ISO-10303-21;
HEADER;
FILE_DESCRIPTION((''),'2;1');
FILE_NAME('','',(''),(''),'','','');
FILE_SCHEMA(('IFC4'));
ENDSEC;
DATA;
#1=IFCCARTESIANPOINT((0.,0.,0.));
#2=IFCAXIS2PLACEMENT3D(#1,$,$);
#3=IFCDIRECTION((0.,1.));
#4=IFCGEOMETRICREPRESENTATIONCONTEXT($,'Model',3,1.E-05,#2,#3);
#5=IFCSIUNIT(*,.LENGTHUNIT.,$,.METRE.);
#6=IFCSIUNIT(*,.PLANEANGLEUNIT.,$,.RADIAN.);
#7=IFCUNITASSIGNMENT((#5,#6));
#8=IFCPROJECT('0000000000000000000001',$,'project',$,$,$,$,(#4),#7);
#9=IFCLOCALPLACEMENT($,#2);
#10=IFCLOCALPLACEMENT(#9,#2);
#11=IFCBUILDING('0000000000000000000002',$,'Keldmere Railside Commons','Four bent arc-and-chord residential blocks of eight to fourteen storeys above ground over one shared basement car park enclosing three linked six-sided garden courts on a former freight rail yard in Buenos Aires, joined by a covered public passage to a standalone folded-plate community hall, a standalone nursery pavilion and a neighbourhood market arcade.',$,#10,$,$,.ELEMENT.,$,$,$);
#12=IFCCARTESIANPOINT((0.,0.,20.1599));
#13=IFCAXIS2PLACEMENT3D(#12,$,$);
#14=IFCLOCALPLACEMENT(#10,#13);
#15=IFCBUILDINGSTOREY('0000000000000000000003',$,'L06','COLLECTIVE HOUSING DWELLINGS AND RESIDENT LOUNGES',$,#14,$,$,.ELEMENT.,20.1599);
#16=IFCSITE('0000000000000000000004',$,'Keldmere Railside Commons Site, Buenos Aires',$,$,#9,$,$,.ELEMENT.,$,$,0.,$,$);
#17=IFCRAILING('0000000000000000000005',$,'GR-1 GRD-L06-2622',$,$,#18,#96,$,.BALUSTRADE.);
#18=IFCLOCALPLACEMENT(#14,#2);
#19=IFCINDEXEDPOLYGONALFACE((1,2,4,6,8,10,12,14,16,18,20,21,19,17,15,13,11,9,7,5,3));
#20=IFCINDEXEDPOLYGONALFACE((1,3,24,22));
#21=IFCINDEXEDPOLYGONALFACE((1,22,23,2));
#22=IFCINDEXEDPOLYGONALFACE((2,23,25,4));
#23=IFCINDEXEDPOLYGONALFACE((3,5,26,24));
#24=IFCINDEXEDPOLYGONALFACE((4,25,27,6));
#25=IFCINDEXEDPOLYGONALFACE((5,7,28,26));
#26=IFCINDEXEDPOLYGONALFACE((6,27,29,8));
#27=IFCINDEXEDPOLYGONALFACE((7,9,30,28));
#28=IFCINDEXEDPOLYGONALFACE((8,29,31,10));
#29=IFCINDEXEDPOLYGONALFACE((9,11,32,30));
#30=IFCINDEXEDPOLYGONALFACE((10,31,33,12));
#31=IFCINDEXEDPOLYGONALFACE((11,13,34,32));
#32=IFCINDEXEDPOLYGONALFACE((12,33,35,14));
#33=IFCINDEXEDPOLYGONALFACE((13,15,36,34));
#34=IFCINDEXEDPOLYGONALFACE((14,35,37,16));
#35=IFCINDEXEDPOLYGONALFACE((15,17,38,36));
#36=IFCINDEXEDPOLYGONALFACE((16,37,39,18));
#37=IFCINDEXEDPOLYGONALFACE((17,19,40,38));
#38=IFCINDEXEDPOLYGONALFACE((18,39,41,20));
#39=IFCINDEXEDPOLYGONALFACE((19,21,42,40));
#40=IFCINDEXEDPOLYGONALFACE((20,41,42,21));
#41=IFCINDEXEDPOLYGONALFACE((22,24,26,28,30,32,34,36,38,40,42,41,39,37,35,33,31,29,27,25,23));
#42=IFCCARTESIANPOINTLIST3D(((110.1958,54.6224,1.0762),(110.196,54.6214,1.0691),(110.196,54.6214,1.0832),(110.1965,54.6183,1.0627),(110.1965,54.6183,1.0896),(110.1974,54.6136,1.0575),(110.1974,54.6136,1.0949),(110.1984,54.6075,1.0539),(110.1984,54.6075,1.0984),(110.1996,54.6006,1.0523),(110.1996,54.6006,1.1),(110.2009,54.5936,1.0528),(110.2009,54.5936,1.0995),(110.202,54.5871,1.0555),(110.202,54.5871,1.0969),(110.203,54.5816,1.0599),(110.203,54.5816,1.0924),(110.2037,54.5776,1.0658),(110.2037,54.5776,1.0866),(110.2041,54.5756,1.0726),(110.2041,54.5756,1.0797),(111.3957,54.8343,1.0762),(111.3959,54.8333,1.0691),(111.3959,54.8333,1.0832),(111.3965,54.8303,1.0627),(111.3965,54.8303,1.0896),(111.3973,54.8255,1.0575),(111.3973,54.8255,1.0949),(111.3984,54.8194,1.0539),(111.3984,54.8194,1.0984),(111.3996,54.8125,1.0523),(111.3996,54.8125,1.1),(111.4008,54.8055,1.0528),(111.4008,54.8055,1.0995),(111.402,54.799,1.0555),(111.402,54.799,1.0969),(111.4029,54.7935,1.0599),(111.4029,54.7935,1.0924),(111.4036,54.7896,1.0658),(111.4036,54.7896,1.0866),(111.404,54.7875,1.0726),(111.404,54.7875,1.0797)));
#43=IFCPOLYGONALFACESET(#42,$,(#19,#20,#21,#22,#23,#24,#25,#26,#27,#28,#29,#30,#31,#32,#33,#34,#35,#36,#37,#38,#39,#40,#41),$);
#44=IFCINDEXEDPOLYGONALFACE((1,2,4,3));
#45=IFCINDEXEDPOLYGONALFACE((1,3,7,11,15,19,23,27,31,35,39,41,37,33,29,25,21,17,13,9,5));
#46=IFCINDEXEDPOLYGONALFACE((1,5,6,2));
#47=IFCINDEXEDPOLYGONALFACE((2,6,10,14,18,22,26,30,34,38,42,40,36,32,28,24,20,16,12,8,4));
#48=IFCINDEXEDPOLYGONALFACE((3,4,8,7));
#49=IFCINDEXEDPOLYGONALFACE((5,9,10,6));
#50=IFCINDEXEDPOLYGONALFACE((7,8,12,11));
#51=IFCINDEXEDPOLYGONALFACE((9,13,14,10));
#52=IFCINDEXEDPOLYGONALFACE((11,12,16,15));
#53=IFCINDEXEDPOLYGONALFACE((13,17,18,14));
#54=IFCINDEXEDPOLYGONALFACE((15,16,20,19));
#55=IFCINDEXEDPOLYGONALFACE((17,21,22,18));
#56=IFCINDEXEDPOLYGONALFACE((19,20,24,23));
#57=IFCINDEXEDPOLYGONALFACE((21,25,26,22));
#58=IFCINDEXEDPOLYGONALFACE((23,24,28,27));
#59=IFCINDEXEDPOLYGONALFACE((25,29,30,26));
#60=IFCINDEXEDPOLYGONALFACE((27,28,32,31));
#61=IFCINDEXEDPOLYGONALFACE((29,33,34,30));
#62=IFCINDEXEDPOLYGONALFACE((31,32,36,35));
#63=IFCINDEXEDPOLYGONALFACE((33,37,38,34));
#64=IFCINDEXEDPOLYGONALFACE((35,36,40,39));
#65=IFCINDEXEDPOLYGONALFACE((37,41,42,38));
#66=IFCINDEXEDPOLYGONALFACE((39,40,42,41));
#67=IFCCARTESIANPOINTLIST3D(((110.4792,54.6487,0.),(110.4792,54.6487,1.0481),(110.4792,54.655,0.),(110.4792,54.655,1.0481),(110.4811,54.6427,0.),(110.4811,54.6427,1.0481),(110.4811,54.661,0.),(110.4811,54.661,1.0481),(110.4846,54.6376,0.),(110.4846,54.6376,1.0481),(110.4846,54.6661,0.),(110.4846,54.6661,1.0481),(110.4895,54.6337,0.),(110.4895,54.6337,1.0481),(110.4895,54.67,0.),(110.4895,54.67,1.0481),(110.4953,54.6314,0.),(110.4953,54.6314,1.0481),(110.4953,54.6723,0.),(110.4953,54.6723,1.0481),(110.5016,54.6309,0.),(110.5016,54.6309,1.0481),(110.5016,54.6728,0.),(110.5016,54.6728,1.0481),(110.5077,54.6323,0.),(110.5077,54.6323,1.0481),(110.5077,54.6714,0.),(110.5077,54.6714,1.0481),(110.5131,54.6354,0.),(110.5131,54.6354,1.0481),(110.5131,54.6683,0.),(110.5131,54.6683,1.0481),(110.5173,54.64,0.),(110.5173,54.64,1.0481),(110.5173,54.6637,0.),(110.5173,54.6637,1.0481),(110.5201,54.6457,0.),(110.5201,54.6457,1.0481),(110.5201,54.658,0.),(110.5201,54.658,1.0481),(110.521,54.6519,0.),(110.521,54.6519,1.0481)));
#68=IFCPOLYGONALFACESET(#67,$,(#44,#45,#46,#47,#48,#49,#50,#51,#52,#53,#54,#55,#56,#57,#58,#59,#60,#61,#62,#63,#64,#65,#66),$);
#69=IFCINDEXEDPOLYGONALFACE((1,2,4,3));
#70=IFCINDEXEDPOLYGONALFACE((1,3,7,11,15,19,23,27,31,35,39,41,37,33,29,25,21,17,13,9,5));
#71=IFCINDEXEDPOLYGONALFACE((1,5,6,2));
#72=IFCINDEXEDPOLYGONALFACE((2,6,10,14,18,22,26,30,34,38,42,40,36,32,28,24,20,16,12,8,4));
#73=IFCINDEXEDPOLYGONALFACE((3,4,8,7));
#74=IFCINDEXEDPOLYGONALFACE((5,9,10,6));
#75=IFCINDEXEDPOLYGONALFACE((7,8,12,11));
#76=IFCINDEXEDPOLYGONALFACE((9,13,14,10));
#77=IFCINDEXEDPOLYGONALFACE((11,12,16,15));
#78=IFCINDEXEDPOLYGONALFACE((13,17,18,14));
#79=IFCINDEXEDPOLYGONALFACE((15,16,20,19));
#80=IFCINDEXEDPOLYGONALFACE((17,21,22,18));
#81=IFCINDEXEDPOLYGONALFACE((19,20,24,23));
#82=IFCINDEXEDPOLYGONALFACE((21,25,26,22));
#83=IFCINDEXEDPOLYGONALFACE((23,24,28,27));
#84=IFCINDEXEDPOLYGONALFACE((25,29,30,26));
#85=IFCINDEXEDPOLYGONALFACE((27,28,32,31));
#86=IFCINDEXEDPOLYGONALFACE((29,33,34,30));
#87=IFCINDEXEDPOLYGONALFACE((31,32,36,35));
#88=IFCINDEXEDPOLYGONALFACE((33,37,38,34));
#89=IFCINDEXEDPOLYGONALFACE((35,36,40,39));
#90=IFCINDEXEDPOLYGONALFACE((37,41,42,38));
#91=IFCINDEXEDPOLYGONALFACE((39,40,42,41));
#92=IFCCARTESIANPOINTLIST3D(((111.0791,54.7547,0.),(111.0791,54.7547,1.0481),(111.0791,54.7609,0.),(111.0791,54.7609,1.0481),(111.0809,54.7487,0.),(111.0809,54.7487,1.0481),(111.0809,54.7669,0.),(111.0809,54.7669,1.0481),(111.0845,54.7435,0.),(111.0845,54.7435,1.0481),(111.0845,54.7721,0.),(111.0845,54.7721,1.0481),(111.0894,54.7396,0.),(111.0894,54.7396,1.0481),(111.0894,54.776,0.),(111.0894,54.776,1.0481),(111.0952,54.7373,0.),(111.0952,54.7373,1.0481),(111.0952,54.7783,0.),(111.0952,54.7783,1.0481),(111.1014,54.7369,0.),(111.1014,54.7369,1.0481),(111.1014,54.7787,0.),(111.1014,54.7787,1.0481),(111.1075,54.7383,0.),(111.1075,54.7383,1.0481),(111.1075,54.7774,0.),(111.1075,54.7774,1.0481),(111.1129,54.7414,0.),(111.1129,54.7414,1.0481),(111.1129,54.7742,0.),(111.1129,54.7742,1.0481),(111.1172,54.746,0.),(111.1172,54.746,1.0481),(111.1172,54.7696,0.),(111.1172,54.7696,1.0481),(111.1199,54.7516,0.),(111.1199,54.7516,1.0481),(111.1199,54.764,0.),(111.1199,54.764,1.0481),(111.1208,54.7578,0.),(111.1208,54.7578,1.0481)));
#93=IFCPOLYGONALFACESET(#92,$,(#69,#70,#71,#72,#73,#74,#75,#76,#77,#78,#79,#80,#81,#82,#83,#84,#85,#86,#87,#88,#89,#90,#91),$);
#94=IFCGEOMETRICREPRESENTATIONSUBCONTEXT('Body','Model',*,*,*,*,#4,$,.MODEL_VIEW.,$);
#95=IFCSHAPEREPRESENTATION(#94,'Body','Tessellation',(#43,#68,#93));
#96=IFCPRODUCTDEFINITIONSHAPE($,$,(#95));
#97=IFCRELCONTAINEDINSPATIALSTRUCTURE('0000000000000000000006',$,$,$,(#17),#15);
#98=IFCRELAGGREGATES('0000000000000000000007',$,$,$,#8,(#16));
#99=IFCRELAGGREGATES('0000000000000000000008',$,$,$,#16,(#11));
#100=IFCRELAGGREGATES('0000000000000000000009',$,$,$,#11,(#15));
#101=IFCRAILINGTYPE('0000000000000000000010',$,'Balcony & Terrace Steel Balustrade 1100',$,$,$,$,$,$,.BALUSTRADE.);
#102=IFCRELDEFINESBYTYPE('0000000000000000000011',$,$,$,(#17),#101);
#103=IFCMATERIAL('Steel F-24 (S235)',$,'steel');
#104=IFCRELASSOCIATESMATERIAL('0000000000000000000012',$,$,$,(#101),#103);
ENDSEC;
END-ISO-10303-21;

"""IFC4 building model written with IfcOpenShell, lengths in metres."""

from ifc_helpers import new_model, si_unit, direction, frame, origin, origin_2d, place, context, subcontext, project, spatial, circle, extrude, material, type_object, element, save


model = new_model("IFC4")

# Units and contexts
model_context = context("Model", 3, precision=1e-05, world=origin(), true_north=direction((0.0, 1.0)))
body_context = subcontext(model_context, "Body", "Model", "MODEL_VIEW")
ifc_project = project(units=[si_unit("LENGTHUNIT", "METRE"), si_unit("PLANEANGLEUNIT", "RADIAN")], contexts=[model_context])

# Site, building, storey
site_placement = place(None, origin())
site = spatial("IfcSite", under=ifc_project, at=site_placement, Name="Keldmere Railside Commons Site, Buenos Aires", CompositionType="ELEMENT", RefElevation=0.0)
building_placement = place(site_placement, origin())
building = spatial("IfcBuilding", under=site, at=building_placement, Name="Keldmere Railside Commons", Description="Four bent arc-and-chord residential blocks of eight to fourteen storeys above ground over one shared basement car park enclosing three linked six-sided garden courts on a former freight rail yard in Buenos Aires, joined by a covered public passage to a standalone folded-plate community hall, a standalone nursery pavilion and a neighbourhood market arcade.", CompositionType="ELEMENT")
storey_placement = place(building_placement, frame((0.0, 0.0, 20.1599)))
storey = spatial("IfcBuildingStorey", under=building, at=storey_placement, Name="L06", Description="COLLECTIVE HOUSING DWELLINGS AND RESIDENT LOUNGES", CompositionType="ELEMENT", Elevation=20.1599)

# Railing
ifc_material_1 = material(Name="Steel F-24 (S235)", Category="steel")
railing_type = type_object("IfcRailingType", Name="Balcony & Terrace Steel Balustrade 1100", PredefinedType="BALUSTRADE", material=ifc_material_1)
railing_1_placement = place(storey_placement, frame((110.2, 54.5989, 0.0)))
element("IfcRailing", 1, at=railing_1_placement, inside=storey, type_object=railing_type, Name="GR-1 GRD-L06-2622", PredefinedType="BALUSTRADE", context=body_context, shape_type="SweptSolid", body=[
    extrude(circle(Radius=0.0239, at=origin_2d()), frame((0.0, 0.0, 1.0762), z_axis=(0.984761, 0.173911, 0.0), x_axis=(-0.173911, 0.984761, 0.0)), (0.0, 0.0, 1.0), 1.2185),
    extrude(circle(Radius=0.021, at=origin_2d()), frame((0.3, 0.053, 0.0)), (0.0, 0.0, 1.0), 1.0481),
    extrude(circle(Radius=0.021, at=origin_2d()), frame((0.8999, 0.1589, 0.0)), (0.0, 0.0, 1.0), 1.0481),
])

save(model, "model.ifc")
